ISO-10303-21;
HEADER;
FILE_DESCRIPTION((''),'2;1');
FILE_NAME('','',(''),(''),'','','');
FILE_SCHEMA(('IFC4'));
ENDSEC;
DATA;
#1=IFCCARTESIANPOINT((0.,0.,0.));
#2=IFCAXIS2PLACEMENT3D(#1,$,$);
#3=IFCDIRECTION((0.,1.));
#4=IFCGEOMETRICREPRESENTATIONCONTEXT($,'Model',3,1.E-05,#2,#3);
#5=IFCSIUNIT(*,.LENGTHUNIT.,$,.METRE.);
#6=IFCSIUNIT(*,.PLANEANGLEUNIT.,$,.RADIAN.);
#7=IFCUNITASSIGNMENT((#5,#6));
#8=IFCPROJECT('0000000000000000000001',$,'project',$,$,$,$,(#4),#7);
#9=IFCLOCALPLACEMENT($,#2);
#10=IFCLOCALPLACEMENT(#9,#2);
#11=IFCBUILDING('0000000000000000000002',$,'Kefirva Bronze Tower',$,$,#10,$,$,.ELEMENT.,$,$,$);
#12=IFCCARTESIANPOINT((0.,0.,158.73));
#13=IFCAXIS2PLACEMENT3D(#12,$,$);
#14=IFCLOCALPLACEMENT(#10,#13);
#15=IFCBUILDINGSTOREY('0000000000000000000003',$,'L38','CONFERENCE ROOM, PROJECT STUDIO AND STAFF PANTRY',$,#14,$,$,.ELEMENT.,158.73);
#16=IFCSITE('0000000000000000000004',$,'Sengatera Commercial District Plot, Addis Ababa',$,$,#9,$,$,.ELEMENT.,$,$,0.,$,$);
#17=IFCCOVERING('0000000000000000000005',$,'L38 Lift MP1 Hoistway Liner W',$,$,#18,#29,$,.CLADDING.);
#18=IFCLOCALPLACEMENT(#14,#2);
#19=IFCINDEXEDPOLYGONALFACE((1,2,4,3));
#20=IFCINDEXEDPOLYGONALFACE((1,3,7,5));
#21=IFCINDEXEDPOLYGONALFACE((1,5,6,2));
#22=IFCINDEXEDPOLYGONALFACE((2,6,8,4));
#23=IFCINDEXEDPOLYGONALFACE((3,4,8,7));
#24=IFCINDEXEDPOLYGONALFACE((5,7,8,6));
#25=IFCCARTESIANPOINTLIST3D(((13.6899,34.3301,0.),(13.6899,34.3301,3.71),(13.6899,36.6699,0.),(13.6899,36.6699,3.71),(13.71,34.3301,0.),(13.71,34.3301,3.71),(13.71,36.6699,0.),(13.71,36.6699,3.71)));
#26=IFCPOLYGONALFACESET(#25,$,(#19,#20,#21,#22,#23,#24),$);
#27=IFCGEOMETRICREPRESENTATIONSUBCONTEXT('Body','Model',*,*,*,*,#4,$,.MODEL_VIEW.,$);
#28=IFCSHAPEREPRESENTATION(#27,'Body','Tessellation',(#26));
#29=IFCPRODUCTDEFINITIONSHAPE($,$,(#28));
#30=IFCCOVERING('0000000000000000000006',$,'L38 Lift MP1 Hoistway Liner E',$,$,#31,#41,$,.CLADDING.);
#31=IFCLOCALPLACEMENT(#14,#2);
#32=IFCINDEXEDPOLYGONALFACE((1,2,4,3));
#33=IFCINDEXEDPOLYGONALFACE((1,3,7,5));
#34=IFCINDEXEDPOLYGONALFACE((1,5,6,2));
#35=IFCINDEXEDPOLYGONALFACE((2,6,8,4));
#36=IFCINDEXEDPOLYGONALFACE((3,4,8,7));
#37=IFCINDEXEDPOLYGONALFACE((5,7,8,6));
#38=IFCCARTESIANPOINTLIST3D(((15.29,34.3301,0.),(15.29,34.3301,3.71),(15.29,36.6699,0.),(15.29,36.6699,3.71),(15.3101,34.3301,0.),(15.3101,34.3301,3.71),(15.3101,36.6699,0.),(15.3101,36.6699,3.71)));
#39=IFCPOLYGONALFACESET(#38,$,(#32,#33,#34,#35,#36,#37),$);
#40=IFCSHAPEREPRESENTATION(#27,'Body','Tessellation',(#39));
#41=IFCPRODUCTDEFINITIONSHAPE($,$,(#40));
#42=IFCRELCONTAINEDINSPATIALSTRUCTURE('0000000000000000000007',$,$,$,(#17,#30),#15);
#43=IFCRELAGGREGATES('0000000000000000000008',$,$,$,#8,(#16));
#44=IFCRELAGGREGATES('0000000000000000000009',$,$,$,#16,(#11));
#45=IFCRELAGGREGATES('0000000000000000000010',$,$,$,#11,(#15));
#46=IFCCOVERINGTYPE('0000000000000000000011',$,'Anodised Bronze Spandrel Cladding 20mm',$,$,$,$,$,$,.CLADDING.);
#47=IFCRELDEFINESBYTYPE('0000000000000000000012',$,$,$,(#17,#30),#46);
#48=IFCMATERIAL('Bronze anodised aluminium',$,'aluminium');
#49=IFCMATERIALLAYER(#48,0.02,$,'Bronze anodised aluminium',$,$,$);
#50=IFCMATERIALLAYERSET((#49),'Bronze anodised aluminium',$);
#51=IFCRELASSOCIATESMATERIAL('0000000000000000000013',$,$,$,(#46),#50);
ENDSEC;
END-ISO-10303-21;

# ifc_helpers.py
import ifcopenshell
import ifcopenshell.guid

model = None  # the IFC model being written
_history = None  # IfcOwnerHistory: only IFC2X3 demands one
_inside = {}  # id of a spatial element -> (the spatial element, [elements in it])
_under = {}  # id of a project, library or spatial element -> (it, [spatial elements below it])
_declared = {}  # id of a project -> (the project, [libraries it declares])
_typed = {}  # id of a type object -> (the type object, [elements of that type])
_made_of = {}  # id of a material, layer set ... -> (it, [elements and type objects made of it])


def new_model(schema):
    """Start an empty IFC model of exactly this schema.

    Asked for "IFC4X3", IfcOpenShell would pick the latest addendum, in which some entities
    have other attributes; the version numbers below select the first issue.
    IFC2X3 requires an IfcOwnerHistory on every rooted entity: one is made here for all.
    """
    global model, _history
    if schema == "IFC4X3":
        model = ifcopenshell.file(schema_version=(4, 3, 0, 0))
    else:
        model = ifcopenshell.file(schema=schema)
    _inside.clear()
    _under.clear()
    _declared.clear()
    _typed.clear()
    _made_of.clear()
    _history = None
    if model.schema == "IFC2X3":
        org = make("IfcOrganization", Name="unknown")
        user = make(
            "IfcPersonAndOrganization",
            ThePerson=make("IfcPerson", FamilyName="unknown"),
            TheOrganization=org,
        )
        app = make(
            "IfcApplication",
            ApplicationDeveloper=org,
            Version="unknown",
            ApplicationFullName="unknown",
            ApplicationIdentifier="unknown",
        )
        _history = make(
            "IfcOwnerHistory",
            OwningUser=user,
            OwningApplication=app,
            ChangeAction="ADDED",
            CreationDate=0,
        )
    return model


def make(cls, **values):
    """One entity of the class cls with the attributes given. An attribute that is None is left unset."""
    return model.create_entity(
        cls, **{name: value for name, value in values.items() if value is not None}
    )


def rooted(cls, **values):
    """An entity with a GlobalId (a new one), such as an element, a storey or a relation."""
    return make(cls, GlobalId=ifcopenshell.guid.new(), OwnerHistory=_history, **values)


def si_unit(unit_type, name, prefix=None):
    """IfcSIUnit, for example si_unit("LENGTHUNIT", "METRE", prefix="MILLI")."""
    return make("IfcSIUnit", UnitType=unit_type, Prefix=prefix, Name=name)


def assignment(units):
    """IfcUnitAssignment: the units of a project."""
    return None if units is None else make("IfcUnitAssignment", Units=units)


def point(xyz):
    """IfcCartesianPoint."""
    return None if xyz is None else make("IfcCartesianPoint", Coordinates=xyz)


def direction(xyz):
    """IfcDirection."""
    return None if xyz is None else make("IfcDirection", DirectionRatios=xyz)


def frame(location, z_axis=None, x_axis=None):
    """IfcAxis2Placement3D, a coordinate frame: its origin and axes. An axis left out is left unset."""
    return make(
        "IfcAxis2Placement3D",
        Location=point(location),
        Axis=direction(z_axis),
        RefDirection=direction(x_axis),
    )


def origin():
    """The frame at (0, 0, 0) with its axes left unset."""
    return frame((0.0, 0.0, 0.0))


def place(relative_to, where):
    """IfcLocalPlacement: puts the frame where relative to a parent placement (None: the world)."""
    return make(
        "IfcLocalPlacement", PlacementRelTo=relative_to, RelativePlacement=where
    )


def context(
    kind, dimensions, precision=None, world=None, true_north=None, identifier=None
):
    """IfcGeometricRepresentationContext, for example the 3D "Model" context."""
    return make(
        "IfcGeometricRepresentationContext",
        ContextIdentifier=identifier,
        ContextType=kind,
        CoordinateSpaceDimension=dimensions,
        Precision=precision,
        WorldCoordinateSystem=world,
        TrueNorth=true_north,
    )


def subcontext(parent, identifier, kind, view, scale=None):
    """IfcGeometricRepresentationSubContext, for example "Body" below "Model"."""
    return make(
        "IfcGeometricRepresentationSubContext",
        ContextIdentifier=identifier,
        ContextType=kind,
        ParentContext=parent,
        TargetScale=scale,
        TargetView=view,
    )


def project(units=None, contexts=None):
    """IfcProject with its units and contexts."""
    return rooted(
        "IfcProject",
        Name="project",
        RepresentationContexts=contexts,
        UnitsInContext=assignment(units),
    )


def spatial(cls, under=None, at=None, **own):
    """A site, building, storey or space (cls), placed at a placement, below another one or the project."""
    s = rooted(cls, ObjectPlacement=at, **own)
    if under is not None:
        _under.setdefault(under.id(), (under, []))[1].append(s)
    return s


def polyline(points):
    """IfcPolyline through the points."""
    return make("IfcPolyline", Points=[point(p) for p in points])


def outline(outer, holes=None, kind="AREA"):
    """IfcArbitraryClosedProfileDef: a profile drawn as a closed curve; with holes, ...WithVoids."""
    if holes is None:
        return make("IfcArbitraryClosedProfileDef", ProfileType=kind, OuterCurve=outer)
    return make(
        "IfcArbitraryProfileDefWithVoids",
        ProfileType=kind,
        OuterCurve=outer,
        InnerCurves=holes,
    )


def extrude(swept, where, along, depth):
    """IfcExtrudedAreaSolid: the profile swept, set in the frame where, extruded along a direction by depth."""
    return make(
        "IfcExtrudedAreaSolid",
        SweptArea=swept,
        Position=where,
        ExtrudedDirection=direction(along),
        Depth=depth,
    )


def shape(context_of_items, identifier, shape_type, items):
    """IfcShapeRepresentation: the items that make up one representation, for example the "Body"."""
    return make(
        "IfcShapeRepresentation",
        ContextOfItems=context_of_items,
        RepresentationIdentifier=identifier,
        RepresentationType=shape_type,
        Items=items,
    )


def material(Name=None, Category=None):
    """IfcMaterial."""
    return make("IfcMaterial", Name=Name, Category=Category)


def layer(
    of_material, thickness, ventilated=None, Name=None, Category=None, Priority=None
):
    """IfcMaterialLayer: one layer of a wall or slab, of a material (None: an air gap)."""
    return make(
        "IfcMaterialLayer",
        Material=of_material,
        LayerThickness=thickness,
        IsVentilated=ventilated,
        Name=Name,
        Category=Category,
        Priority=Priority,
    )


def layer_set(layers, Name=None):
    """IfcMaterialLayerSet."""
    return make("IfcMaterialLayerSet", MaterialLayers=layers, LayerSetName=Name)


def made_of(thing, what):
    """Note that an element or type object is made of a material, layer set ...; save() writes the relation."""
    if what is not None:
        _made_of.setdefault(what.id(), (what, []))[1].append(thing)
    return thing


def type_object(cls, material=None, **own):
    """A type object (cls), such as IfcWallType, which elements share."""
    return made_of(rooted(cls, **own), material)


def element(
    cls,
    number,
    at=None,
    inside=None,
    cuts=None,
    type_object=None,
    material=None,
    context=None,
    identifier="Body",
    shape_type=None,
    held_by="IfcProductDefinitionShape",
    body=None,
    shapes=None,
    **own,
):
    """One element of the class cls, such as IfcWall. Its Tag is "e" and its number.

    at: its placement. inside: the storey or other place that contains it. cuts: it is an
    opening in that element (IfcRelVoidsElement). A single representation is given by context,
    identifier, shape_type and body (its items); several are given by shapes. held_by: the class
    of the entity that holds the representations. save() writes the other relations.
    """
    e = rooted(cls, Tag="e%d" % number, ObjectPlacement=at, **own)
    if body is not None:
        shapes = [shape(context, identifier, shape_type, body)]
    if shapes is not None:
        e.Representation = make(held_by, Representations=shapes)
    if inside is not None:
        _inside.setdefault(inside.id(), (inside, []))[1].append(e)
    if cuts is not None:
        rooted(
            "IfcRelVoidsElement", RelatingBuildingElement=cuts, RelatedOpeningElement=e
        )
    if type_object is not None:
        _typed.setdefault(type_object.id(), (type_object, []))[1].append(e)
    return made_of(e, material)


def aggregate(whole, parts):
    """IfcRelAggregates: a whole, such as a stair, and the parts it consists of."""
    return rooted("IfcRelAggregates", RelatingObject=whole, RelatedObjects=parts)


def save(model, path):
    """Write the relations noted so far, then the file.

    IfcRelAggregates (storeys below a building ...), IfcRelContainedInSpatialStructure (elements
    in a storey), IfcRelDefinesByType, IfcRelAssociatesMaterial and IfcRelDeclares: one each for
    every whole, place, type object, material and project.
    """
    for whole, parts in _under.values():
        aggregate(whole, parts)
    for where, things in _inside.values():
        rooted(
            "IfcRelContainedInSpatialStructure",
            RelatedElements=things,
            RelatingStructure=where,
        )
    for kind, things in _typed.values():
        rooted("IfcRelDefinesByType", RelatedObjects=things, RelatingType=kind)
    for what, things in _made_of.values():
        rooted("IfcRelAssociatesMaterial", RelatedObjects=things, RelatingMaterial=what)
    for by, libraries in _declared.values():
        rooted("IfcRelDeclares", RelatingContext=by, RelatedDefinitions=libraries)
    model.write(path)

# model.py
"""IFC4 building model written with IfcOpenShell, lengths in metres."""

from ifc_helpers import new_model, si_unit, direction, frame, origin, place, context, subcontext, project, spatial, polyline, outline, extrude, material, layer, layer_set, type_object, element, save


model = new_model("IFC4")

# Units and contexts
model_context = context("Model", 3, precision=1e-05, world=origin(), true_north=direction((0.0, 1.0)))
body_context = subcontext(model_context, "Body", "Model", "MODEL_VIEW")
ifc_project = project(units=[si_unit("LENGTHUNIT", "METRE"), si_unit("PLANEANGLEUNIT", "RADIAN")], contexts=[model_context])

# Site, building, storey
site_placement = place(None, origin())
site = spatial("IfcSite", under=ifc_project, at=site_placement, Name="Sengatera Commercial District Plot, Addis Ababa", CompositionType="ELEMENT", RefElevation=0.0)
building_placement = place(site_placement, origin())
building = spatial("IfcBuilding", under=site, at=building_placement, Name="Kefirva Bronze Tower", CompositionType="ELEMENT")
storey_placement = place(building_placement, frame((0.0, 0.0, 158.73)))
storey = spatial("IfcBuildingStorey", under=building, at=storey_placement, Name="L38", Description="CONFERENCE ROOM, PROJECT STUDIO AND STAFF PANTRY", CompositionType="ELEMENT", Elevation=158.73)

# Coverings
ifc_material_1 = material(Name="Bronze anodised aluminium", Category="aluminium")
ifc_layer_1 = layer(ifc_material_1, 0.02, Name="Bronze anodised aluminium")
ifc_layer_set_1 = layer_set([ifc_layer_1], Name="Bronze anodised aluminium")
covering_type = type_object("IfcCoveringType", Name="Anodised Bronze Spandrel Cladding 20mm", PredefinedType="CLADDING", material=ifc_layer_set_1)
covering_1_placement = place(storey_placement, origin())
element("IfcCovering", 1, at=covering_1_placement, inside=storey, type_object=covering_type, Name="L38 Lift MP1 Hoistway Liner W", PredefinedType="CLADDING", context=body_context, shape_type="SweptSolid", body=[
    extrude(outline(polyline([(13.6899, 34.3301), (13.71, 34.3301), (13.71, 36.6699), (13.6899, 36.6699), (13.6899, 34.3301)])), origin(), (0.0, 0.0, 1.0), 3.71),
])
covering_2_placement = place(storey_placement, origin())
element("IfcCovering", 2, at=covering_2_placement, inside=storey, type_object=covering_type, Name="L38 Lift MP1 Hoistway Liner E", PredefinedType="CLADDING", context=body_context, shape_type="SweptSolid", body=[
    extrude(outline(polyline([(15.29, 34.3301), (15.3101, 34.3301), (15.3101, 36.6699), (15.29, 36.6699), (15.29, 34.3301)])), origin(), (0.0, 0.0, 1.0), 3.71),
])

save(model, "model.ifc")
